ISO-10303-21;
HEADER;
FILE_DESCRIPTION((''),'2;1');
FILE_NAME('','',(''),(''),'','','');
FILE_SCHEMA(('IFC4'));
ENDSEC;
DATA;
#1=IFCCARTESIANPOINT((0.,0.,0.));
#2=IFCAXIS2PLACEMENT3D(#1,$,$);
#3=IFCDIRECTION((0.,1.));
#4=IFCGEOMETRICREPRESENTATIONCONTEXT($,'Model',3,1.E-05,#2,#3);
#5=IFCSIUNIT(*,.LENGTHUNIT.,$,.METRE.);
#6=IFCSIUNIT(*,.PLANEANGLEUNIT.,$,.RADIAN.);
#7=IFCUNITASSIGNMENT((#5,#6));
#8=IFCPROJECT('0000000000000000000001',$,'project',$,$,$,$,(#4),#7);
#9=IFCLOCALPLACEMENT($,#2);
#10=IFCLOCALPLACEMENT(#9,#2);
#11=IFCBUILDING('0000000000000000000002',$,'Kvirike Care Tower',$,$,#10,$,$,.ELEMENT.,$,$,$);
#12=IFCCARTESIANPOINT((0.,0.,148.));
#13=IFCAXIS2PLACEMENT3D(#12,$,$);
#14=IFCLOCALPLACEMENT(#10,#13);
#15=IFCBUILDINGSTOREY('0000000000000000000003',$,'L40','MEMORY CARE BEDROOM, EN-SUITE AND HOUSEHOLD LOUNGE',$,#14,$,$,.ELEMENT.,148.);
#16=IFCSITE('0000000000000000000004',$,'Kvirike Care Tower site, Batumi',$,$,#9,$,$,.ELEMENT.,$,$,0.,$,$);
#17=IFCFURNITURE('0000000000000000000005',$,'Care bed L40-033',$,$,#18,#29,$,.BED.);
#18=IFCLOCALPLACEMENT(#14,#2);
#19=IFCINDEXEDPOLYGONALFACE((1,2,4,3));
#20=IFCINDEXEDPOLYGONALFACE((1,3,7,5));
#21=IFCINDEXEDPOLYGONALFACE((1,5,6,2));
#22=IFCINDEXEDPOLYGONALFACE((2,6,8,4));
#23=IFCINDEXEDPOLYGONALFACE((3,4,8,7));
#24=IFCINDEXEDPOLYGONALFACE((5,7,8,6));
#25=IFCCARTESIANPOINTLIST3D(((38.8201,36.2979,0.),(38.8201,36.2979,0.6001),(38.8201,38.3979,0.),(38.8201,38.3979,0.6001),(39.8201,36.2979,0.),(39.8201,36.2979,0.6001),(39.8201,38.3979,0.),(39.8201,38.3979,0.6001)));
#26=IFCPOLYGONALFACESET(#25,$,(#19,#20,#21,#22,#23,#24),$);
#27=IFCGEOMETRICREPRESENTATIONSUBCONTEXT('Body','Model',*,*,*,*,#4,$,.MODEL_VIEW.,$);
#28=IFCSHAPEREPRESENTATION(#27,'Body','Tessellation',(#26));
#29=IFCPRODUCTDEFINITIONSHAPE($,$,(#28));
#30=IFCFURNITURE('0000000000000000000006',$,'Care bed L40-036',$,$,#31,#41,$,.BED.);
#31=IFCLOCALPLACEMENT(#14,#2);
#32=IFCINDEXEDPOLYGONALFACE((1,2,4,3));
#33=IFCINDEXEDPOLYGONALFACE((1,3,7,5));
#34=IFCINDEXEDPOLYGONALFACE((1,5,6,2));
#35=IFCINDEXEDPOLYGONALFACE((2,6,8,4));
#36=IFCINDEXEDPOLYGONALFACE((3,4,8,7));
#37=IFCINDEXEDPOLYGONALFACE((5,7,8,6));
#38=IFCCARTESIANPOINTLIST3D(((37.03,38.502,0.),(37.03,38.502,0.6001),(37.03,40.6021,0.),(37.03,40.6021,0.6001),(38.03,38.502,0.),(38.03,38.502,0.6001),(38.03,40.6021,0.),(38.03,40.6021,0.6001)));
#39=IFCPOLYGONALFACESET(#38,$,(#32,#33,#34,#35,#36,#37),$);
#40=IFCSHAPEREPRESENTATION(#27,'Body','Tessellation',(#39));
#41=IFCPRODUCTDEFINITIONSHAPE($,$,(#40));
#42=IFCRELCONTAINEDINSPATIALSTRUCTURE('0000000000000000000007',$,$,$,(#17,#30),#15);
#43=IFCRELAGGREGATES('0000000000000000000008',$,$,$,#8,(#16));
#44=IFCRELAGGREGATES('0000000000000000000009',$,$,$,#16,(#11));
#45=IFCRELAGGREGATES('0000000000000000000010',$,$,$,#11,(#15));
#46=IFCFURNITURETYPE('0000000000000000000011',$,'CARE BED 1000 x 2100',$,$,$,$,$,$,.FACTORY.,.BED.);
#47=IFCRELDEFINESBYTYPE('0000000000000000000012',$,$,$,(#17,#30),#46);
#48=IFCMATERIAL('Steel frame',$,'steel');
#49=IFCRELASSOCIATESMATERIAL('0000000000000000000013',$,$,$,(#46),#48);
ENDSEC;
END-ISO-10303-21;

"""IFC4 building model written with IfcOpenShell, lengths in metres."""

from ifc_helpers import new_model, si_unit, direction, frame, origin, origin_2d, place, context, subcontext, project, spatial, rectangle, extrude, material, type_object, element, save


model = new_model("IFC4")

# Units and contexts
model_context = context("Model", 3, precision=1e-05, world=origin(), true_north=direction((0.0, 1.0)))
body_context = subcontext(model_context, "Body", "Model", "MODEL_VIEW")
ifc_project = project(units=[si_unit("LENGTHUNIT", "METRE"), si_unit("PLANEANGLEUNIT", "RADIAN")], contexts=[model_context])

# Site, building, storey
site_placement = place(None, origin())
site = spatial("IfcSite", under=ifc_project, at=site_placement, Name="Kvirike Care Tower site, Batumi", CompositionType="ELEMENT", RefElevation=0.0)
building_placement = place(site_placement, origin())
building = spatial("IfcBuilding", under=site, at=building_placement, Name="Kvirike Care Tower", CompositionType="ELEMENT")
storey_placement = place(building_placement, frame((0.0, 0.0, 148.0)))
storey = spatial("IfcBuildingStorey", under=building, at=storey_placement, Name="L40", Description="MEMORY CARE BEDROOM, EN-SUITE AND HOUSEHOLD LOUNGE", CompositionType="ELEMENT", Elevation=148.0)

# Furniture
ifc_material_1 = material(Name="Steel frame", Category="steel")
furniture_type = type_object("IfcFurnitureType", Name="CARE BED 1000 x 2100", AssemblyPlace="FACTORY", PredefinedType="BED", material=ifc_material_1)
for number, where, z_axis, x_axis, name in (
    (1, (39.3201, 37.3479, 0.0), (0.0, 0.0, 1.0), (1.0, 0.0, 0.0), "Care bed L40-033"),
    (2, (37.53, 39.552, 0.0), (0.0, 0.0, 1.0), (-1.0, 0.0, 0.0), "Care bed L40-036"),
):
    element("IfcFurniture", number, at=place(storey_placement, frame(where, z_axis=z_axis, x_axis=x_axis)), inside=storey, type_object=furniture_type, Name=name, PredefinedType="BED", context=body_context, shape_type="SweptSolid", body=[
        extrude(rectangle(XDim=1.0, YDim=2.1001, at=origin_2d()), origin(), (0.0, 0.0, 1.0), 0.6001),
    ])

save(model, "model.ifc")
